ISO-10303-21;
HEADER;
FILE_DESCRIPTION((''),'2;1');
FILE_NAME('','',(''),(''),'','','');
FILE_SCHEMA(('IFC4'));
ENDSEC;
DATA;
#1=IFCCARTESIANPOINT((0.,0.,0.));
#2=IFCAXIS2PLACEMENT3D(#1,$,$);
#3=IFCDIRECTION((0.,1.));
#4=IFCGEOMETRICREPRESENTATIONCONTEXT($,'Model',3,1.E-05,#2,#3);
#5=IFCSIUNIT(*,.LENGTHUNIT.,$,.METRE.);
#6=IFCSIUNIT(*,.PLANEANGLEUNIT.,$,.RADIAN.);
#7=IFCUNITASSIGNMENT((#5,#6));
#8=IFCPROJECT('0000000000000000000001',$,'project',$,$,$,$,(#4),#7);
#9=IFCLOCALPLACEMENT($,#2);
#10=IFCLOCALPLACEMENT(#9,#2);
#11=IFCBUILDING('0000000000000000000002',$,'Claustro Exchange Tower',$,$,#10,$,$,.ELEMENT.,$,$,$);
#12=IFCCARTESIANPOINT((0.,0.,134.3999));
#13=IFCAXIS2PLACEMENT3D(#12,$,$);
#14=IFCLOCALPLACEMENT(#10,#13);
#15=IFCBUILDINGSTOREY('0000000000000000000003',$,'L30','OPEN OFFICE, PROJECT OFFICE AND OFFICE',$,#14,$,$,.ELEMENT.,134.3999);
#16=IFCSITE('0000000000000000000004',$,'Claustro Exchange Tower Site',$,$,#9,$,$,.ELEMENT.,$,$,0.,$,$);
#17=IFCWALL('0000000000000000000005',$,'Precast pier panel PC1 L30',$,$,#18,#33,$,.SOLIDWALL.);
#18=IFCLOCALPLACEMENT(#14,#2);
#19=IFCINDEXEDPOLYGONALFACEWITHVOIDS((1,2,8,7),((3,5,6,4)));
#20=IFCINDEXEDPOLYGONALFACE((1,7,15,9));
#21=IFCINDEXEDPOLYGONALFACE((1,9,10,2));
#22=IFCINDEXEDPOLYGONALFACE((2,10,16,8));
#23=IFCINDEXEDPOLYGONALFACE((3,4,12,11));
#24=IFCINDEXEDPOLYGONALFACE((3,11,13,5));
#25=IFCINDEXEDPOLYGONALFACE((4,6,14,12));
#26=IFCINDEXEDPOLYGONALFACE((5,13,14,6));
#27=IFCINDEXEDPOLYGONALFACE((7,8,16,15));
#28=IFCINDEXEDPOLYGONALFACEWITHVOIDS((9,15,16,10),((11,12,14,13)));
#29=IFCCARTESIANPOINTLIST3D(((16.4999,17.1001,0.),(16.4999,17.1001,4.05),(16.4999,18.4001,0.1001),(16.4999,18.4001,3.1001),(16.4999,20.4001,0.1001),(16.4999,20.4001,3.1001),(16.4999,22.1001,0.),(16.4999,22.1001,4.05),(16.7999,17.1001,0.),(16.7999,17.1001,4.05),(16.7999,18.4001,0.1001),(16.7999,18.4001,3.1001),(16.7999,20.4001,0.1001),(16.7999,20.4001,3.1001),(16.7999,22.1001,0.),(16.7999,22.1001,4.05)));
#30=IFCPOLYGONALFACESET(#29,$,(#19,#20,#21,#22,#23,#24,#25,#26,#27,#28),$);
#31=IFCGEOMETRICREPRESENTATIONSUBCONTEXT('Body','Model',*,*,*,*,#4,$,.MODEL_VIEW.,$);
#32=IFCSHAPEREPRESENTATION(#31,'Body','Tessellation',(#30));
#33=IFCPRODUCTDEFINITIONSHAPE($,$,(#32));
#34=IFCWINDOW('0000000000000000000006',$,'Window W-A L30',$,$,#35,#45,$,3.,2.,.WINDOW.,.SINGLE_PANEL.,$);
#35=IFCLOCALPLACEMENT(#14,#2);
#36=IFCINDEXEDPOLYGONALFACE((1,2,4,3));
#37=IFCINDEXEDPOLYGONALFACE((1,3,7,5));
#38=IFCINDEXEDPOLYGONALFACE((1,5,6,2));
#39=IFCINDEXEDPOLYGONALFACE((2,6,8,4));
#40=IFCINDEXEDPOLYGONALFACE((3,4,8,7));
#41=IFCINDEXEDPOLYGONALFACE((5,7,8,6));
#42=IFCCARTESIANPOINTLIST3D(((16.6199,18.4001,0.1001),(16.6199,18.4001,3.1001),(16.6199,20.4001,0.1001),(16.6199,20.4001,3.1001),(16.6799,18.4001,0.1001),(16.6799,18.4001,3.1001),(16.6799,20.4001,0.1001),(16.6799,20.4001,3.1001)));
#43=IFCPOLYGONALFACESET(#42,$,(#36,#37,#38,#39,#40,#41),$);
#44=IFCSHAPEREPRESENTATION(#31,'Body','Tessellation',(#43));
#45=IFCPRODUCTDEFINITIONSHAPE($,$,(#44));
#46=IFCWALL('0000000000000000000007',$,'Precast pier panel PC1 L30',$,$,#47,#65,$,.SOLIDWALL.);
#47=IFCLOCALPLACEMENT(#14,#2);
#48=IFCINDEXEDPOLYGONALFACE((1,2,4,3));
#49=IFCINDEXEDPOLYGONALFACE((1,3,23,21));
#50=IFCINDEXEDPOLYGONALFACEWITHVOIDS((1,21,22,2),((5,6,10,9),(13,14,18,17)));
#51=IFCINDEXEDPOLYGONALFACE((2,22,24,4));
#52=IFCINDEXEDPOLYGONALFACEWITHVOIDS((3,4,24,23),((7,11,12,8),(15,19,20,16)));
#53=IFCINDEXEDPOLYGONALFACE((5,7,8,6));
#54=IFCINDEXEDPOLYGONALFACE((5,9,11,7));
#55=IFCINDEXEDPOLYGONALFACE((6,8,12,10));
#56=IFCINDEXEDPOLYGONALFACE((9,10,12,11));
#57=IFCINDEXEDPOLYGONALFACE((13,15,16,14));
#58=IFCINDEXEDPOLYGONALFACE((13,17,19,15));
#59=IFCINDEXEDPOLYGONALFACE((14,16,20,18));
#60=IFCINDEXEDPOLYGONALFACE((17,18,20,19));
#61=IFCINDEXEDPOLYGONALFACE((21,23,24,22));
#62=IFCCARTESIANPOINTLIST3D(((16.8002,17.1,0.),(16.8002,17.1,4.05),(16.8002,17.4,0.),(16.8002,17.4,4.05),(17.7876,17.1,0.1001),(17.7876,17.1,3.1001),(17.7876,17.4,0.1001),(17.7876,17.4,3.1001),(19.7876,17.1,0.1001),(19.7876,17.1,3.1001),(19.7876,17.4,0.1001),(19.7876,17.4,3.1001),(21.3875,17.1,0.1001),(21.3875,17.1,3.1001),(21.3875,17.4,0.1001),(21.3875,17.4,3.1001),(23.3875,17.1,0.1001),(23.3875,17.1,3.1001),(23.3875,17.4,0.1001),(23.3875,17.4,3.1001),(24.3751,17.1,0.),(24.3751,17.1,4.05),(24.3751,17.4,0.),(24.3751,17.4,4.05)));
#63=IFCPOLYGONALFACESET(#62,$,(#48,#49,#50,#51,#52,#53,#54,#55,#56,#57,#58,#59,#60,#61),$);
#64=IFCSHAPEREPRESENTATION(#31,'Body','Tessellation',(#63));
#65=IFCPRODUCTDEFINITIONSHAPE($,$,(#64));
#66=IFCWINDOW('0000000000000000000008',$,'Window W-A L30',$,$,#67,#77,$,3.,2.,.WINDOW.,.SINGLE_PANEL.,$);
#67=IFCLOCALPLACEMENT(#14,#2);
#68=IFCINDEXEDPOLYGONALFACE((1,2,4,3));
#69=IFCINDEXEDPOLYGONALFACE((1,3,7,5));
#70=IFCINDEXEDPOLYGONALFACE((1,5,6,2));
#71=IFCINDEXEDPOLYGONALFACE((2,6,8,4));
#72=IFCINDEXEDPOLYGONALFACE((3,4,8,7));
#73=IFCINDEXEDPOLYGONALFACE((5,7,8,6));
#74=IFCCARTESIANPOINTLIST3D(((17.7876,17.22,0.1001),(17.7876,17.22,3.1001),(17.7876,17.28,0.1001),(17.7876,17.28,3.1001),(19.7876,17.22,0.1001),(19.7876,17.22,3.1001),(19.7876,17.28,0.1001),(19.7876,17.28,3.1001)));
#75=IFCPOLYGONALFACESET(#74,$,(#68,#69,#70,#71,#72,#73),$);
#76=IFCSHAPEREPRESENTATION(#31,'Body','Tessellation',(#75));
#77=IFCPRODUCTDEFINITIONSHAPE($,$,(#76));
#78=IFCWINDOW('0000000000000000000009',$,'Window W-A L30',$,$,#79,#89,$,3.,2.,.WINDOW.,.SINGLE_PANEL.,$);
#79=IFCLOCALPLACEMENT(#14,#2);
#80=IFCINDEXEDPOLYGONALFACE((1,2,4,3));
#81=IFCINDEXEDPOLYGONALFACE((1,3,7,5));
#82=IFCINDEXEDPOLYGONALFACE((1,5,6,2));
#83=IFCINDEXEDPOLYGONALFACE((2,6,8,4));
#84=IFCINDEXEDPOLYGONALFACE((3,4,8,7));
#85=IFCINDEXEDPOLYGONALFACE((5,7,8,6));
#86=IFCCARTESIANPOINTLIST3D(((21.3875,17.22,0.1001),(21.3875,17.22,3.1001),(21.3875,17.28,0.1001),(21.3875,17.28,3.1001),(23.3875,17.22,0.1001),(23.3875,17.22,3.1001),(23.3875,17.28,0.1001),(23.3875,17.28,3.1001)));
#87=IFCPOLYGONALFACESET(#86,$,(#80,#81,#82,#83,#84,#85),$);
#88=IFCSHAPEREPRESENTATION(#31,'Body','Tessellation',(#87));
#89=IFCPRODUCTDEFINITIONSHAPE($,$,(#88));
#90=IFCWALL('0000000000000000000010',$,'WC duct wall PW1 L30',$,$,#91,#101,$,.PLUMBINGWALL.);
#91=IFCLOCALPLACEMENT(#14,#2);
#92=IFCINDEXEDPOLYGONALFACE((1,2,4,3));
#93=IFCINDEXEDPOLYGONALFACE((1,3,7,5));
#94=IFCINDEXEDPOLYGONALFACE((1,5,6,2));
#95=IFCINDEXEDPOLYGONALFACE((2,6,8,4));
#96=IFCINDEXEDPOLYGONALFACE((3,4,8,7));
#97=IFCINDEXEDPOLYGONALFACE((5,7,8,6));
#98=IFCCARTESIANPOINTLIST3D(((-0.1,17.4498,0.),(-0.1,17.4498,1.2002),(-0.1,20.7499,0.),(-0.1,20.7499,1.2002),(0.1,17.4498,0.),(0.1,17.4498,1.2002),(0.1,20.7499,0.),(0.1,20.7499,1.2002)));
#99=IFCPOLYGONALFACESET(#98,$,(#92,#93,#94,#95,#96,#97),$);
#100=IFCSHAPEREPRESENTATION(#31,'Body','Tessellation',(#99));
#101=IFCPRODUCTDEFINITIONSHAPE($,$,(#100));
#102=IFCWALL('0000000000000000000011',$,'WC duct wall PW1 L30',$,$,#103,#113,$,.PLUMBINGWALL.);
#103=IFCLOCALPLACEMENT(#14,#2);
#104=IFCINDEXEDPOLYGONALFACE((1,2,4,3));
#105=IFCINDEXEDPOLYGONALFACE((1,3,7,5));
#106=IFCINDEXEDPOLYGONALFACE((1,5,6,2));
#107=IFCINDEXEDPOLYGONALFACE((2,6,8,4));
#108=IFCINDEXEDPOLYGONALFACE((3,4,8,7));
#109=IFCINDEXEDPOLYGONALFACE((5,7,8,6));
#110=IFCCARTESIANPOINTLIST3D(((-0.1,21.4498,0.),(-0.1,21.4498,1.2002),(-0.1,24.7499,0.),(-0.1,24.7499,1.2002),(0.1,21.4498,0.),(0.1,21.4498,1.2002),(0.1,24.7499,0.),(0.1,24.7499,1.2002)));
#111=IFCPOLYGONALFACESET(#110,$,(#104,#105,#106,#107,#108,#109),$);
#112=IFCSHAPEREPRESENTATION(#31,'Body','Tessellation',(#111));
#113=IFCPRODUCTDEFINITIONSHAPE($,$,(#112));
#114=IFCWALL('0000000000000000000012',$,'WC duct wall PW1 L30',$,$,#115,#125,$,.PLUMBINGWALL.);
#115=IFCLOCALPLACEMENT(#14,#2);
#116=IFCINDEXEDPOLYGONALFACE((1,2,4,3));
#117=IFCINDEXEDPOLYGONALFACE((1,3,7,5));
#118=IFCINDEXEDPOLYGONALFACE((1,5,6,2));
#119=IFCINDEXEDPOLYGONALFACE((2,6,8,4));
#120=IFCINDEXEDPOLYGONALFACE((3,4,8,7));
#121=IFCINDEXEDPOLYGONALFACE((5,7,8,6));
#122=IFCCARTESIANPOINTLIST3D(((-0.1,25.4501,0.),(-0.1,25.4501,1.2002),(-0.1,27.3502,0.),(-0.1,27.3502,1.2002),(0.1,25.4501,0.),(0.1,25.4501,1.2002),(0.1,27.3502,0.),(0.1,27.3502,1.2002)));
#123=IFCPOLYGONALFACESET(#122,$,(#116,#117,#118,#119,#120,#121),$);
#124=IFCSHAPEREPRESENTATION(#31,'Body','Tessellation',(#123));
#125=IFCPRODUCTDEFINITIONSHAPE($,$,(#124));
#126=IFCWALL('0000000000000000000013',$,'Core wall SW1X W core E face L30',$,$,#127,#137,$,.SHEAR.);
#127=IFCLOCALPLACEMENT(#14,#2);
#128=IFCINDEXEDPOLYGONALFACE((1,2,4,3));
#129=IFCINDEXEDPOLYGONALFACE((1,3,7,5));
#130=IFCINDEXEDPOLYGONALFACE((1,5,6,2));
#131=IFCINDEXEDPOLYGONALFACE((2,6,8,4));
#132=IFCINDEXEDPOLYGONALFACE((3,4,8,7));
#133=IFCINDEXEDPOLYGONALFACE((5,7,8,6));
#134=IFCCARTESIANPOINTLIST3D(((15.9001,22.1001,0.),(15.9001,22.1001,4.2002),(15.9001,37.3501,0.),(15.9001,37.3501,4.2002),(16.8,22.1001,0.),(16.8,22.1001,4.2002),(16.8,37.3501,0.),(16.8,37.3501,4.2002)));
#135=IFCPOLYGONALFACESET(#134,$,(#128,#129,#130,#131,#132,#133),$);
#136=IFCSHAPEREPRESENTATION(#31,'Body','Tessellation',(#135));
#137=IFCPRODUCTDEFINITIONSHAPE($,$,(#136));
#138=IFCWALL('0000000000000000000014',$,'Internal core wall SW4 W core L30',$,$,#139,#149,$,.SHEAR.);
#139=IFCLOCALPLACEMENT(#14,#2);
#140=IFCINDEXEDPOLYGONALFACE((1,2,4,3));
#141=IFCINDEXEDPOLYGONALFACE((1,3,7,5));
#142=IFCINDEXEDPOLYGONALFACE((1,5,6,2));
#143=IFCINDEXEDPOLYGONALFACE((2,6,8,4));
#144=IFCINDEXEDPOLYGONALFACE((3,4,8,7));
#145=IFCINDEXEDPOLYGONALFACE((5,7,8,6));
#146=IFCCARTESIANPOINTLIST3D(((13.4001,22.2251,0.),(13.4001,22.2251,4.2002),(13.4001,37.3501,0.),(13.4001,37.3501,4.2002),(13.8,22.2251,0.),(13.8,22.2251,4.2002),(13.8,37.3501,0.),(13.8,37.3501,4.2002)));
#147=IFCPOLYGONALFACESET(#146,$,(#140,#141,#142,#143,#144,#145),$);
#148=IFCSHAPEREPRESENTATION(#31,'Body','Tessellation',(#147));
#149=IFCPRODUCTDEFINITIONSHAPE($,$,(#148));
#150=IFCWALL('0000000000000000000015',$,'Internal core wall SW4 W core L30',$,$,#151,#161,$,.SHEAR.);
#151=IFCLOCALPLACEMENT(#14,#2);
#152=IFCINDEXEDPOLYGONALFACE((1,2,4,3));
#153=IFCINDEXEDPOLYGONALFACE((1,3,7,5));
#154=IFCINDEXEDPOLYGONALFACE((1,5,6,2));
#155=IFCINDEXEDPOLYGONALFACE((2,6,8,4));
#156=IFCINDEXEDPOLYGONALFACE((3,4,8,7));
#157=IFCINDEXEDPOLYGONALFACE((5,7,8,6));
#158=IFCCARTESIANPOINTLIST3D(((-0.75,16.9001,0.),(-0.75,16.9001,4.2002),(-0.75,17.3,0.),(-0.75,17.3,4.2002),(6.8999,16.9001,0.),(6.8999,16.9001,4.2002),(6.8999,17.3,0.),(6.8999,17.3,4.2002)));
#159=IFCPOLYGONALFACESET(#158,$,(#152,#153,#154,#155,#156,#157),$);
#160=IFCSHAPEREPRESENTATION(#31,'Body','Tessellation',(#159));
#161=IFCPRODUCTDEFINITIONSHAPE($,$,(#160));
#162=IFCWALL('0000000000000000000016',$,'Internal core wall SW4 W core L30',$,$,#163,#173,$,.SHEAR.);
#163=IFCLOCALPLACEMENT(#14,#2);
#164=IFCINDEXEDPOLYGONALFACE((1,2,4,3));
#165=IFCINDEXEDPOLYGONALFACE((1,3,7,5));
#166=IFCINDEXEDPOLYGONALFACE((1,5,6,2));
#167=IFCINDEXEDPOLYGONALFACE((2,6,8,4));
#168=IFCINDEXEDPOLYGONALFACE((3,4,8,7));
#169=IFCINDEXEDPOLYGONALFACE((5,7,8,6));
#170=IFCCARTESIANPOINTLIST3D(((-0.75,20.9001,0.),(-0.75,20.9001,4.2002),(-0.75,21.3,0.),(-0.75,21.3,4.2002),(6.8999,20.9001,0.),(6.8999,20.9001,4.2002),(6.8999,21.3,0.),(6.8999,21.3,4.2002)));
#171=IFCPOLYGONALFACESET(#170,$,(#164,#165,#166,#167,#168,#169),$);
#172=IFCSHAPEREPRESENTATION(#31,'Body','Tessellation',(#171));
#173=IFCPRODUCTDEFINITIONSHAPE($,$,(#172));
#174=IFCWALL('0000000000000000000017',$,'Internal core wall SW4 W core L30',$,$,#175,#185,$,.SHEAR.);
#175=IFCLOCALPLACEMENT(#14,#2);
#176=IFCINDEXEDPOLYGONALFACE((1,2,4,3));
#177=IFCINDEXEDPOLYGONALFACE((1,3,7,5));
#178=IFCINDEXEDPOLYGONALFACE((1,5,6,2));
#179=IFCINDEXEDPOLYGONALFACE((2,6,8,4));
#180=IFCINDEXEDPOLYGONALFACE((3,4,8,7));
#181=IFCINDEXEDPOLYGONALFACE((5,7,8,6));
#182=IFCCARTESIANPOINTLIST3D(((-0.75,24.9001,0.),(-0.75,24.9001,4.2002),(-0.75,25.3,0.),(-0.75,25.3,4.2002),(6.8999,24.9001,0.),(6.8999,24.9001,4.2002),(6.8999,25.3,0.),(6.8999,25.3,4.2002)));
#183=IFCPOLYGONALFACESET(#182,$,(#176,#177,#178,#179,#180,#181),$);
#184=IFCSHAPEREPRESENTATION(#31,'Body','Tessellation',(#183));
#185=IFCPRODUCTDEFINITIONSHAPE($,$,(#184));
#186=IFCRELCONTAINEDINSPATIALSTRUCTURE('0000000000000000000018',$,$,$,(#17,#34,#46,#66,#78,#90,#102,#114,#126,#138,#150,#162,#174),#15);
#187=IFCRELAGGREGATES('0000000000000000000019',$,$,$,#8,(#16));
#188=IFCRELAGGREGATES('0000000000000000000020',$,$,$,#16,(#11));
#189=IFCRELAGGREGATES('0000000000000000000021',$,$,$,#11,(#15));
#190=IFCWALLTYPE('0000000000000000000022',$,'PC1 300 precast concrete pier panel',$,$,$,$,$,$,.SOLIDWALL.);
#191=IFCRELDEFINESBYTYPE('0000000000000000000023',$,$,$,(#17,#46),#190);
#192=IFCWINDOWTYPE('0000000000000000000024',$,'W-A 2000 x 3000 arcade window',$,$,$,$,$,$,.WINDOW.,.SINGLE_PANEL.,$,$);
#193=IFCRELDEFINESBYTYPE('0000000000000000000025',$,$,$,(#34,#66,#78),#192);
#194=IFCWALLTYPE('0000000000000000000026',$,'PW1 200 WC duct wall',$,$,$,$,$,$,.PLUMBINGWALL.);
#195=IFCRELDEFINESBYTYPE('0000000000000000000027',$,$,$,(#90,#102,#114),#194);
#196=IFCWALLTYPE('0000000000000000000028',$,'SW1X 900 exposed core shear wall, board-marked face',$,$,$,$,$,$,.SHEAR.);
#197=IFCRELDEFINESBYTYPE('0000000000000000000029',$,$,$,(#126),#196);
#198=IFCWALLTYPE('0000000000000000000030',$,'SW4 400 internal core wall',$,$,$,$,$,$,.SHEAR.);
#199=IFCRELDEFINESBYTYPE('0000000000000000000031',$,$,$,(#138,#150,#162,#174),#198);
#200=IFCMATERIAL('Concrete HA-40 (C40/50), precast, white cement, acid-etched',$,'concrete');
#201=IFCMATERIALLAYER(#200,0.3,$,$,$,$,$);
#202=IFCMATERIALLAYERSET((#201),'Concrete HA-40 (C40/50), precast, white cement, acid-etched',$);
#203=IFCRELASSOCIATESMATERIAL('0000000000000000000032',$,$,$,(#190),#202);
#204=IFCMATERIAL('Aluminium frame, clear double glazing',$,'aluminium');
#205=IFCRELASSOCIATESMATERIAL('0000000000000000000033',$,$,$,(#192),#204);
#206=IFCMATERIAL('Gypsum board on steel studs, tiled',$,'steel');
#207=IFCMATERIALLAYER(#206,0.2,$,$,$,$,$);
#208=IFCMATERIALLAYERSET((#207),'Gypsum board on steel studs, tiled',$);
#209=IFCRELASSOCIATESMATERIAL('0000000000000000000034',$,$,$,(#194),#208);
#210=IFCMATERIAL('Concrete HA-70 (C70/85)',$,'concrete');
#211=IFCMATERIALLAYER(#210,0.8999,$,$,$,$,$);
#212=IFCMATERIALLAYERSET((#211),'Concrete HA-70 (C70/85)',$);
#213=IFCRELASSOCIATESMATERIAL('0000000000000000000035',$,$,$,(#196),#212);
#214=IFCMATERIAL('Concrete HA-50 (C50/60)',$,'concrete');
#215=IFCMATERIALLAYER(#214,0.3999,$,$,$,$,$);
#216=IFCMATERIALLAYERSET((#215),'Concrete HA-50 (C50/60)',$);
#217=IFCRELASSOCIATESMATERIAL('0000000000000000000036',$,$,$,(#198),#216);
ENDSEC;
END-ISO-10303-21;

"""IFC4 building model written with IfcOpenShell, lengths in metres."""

from ifc_helpers import new_model, si_unit, direction, frame, frame_2d, origin, place, context, subcontext, project, spatial, rectangle, extrude, material, layer, layer_set, type_object, element, fill, save


model = new_model("IFC4")

# Units and contexts
model_context = context("Model", 3, precision=1e-05, world=origin(), true_north=direction((0.0, 1.0)))
body_context = subcontext(model_context, "Body", "Model", "MODEL_VIEW")
ifc_project = project(units=[si_unit("LENGTHUNIT", "METRE"), si_unit("PLANEANGLEUNIT", "RADIAN")], contexts=[model_context])

# Site, building, storey
site_placement = place(None, origin())
site = spatial("IfcSite", under=ifc_project, at=site_placement, Name="Claustro Exchange Tower Site", CompositionType="ELEMENT", RefElevation=0.0)
building_placement = place(site_placement, origin())
building = spatial("IfcBuilding", under=site, at=building_placement, Name="Claustro Exchange Tower", CompositionType="ELEMENT")
storey_placement = place(building_placement, frame((0.0, 0.0, 134.3999)))
storey = spatial("IfcBuildingStorey", under=building, at=storey_placement, Name="L30", Description="OPEN OFFICE, PROJECT OFFICE AND OFFICE", CompositionType="ELEMENT", Elevation=134.3999)

# Wall, opening, window
ifc_material_1 = material(Name="Concrete HA-40 (C40/50), precast, white cement, acid-etched", Category="concrete")
ifc_layer_1 = layer(ifc_material_1, 0.3)
ifc_layer_set_1 = layer_set([ifc_layer_1], Name="Concrete HA-40 (C40/50), precast, white cement, acid-etched")
wall_type_1 = type_object("IfcWallType", Name="PC1 300 precast concrete pier panel", PredefinedType="SOLIDWALL", material=ifc_layer_set_1)
wall_1_placement = place(storey_placement, frame((16.6499, 17.1001, 0.0), z_axis=(0.0, 0.0, 1.0), x_axis=(0.0, 1.0, 0.0)))
wall_1 = element("IfcWall", 1, at=wall_1_placement, inside=storey, type_object=wall_type_1, Name="Precast pier panel PC1 L30", PredefinedType="SOLIDWALL", context=body_context, shape_type="SweptSolid", body=[
    extrude(rectangle(XDim=5.0, YDim=0.3, at=frame_2d((2.5, 0.0))), origin(), (0.0, 0.0, 1.0), 4.05),
])
opening_1_placement = place(wall_1_placement, frame((1.3, 0.0, 0.1001)))
opening_1 = element("IfcOpeningElement", 2, at=opening_1_placement, cuts=wall_1, PredefinedType="OPENING", context=body_context, shape_type="SweptSolid", body=[
    extrude(rectangle(XDim=2.0, YDim=3.0, at=frame_2d((1.0, 1.5))), frame((0.0, 0.1599, 0.0), z_axis=(0.0, -1.0, 0.0), x_axis=(1.0, 0.0, 0.0)), (0.0, 0.0, 1.0), 0.3201),
])
ifc_material_2 = material(Name="Aluminium frame, clear double glazing", Category="aluminium")
window_type = type_object("IfcWindowType", Name="W-A 2000 x 3000 arcade window", PartitioningType="SINGLE_PANEL", PredefinedType="WINDOW", material=ifc_material_2)
window_1_placement = place(opening_1_placement, origin())
window_1 = element("IfcWindow", 3, at=window_1_placement, inside=storey, type_object=window_type, Name="Window W-A L30", OverallHeight=3.0, OverallWidth=2.0, PartitioningType="SINGLE_PANEL", PredefinedType="WINDOW", context=body_context, shape_type="SweptSolid", body=[
    extrude(rectangle(XDim=2.0, YDim=3.0, at=frame_2d((1.0, 1.5))), frame((0.0, 0.03, 0.0), z_axis=(0.0, -1.0, 0.0), x_axis=(1.0, 0.0, 0.0)), (0.0, 0.0, 1.0), 0.0601),
])
fill(opening_1, window_1)

# Wall, openings, windows
wall_2_placement = place(storey_placement, frame((16.8, 17.25, 0.0), z_axis=(0.0, 0.0, 1.0), x_axis=(1.0, 0.0, 0.0)))
wall_2 = element("IfcWall", 4, at=wall_2_placement, inside=storey, type_object=wall_type_1, Name="Precast pier panel PC1 L30", PredefinedType="SOLIDWALL", context=body_context, shape_type="SweptSolid", body=[
    extrude(rectangle(XDim=7.575, YDim=0.3, at=frame_2d((3.7876, 0.0))), origin(), (0.0, 0.0, 1.0), 4.05),
])
opening_2_placement = place(wall_2_placement, frame((0.9875, 0.0, 0.1001)))
opening_2 = element("IfcOpeningElement", 5, at=opening_2_placement, cuts=wall_2, PredefinedType="OPENING", context=body_context, shape_type="SweptSolid", body=[
    extrude(rectangle(XDim=2.0, YDim=3.0, at=frame_2d((1.0, 1.5))), frame((0.0, 0.1599, 0.0), z_axis=(0.0, -1.0, 0.0), x_axis=(1.0, 0.0, 0.0)), (0.0, 0.0, 1.0), 0.3201),
])
opening_3_placement = place(wall_2_placement, frame((4.5874, 0.0, 0.1001)))
opening_3 = element("IfcOpeningElement", 6, at=opening_3_placement, cuts=wall_2, PredefinedType="OPENING", context=body_context, shape_type="SweptSolid", body=[
    extrude(rectangle(XDim=2.0, YDim=3.0, at=frame_2d((1.0, 1.5))), frame((0.0, 0.1599, 0.0), z_axis=(0.0, -1.0, 0.0), x_axis=(1.0, 0.0, 0.0)), (0.0, 0.0, 1.0), 0.3201),
])
window_2_placement = place(opening_2_placement, origin())
window_2 = element("IfcWindow", 7, at=window_2_placement, inside=storey, type_object=window_type, Name="Window W-A L30", OverallHeight=3.0, OverallWidth=2.0, PartitioningType="SINGLE_PANEL", PredefinedType="WINDOW", context=body_context, shape_type="SweptSolid", body=[
    extrude(rectangle(XDim=2.0, YDim=3.0, at=frame_2d((1.0, 1.5))), frame((0.0, 0.03, 0.0), z_axis=(0.0, -1.0, 0.0), x_axis=(1.0, 0.0, 0.0)), (0.0, 0.0, 1.0), 0.0601),
])
fill(opening_2, window_2)
window_3_placement = place(opening_3_placement, origin())
window_3 = element("IfcWindow", 8, at=window_3_placement, inside=storey, type_object=window_type, Name="Window W-A L30", OverallHeight=3.0, OverallWidth=2.0, PartitioningType="SINGLE_PANEL", PredefinedType="WINDOW", context=body_context, shape_type="SweptSolid", body=[
    extrude(rectangle(XDim=2.0, YDim=3.0, at=frame_2d((1.0, 1.5))), frame((0.0, 0.03, 0.0), z_axis=(0.0, -1.0, 0.0), x_axis=(1.0, 0.0, 0.0)), (0.0, 0.0, 1.0), 0.0601),
])
fill(opening_3, window_3)

# Walls
ifc_material_3 = material(Name="Gypsum board on steel studs, tiled", Category="steel")
ifc_layer_2 = layer(ifc_material_3, 0.2)
ifc_layer_set_2 = layer_set([ifc_layer_2], Name="Gypsum board on steel studs, tiled")
wall_type_2 = type_object("IfcWallType", Name="PW1 200 WC duct wall", PredefinedType="PLUMBINGWALL", material=ifc_layer_set_2)
for number, where, z_axis, x_axis, name in (
    (9, (0.0, 17.45, 0.0), (0.0, 0.0, 1.0), (0.0, 1.0, 0.0), "WC duct wall PW1 L30"),
    (10, (0.0, 21.45, 0.0), (0.0, 0.0, 1.0), (0.0, 1.0, 0.0), "WC duct wall PW1 L30"),
):
    element("IfcWall", number, at=place(storey_placement, frame(where, z_axis=z_axis, x_axis=x_axis)), inside=storey, type_object=wall_type_2, Name=name, PredefinedType="PLUMBINGWALL", context=body_context, shape_type="SweptSolid", body=[
        extrude(rectangle(XDim=3.3, YDim=0.2, at=frame_2d((1.6499, 0.0))), origin(), (0.0, 0.0, 1.0), 1.2002),
    ])
wall_3_placement = place(storey_placement, frame((0.0, 25.45, 0.0), z_axis=(0.0, 0.0, 1.0), x_axis=(0.0, 1.0, 0.0)))
element("IfcWall", 11, at=wall_3_placement, inside=storey, type_object=wall_type_2, Name="WC duct wall PW1 L30", PredefinedType="PLUMBINGWALL", context=body_context, shape_type="SweptSolid", body=[
    extrude(rectangle(XDim=1.9001, YDim=0.2, at=frame_2d((0.9502, 0.0))), origin(), (0.0, 0.0, 1.0), 1.2002),
])
ifc_material_4 = material(Name="Concrete HA-70 (C70/85)", Category="concrete")
ifc_layer_3 = layer(ifc_material_4, 0.8999)
ifc_layer_set_3 = layer_set([ifc_layer_3], Name="Concrete HA-70 (C70/85)")
wall_type_3 = type_object("IfcWallType", Name="SW1X 900 exposed core shear wall, board-marked face", PredefinedType="SHEAR", material=ifc_layer_set_3)
wall_4_placement = place(storey_placement, frame((16.3501, 22.1001, 0.0), z_axis=(0.0, 0.0, 1.0), x_axis=(0.0, 1.0, 0.0)))
element("IfcWall", 12, at=wall_4_placement, inside=storey, type_object=wall_type_3, Name="Core wall SW1X W core E face L30", PredefinedType="SHEAR", context=body_context, shape_type="SweptSolid", body=[
    extrude(rectangle(XDim=15.25, YDim=0.8999, at=frame_2d((7.625, 0.0))), origin(), (0.0, 0.0, 1.0), 4.2002),
])
ifc_material_5 = material(Name="Concrete HA-50 (C50/60)", Category="concrete")
ifc_layer_4 = layer(ifc_material_5, 0.3999)
ifc_layer_set_4 = layer_set([ifc_layer_4], Name="Concrete HA-50 (C50/60)")
wall_type_4 = type_object("IfcWallType", Name="SW4 400 internal core wall", PredefinedType="SHEAR", material=ifc_layer_set_4)
wall_5_placement = place(storey_placement, frame((13.6001, 22.2251, 0.0), z_axis=(0.0, 0.0, 1.0), x_axis=(0.0, 1.0, 0.0)))
element("IfcWall", 13, at=wall_5_placement, inside=storey, type_object=wall_type_4, Name="Internal core wall SW4 W core L30", PredefinedType="SHEAR", context=body_context, shape_type="SweptSolid", body=[
    extrude(rectangle(XDim=15.125, YDim=0.3999, at=frame_2d((7.5625, 0.0))), origin(), (0.0, 0.0, 1.0), 4.2002),
])
for number, where, z_axis, x_axis, name in (
    (14, (-0.75, 17.1001, 0.0), (0.0, 0.0, 1.0), (1.0, 0.0, 0.0), "Internal core wall SW4 W core L30"),
    (15, (-0.75, 21.1001, 0.0), (0.0, 0.0, 1.0), (1.0, 0.0, 0.0), "Internal core wall SW4 W core L30"),
    (16, (-0.75, 25.1001, 0.0), (0.0, 0.0, 1.0), (1.0, 0.0, 0.0), "Internal core wall SW4 W core L30"),
):
    element("IfcWall", number, at=place(storey_placement, frame(where, z_axis=z_axis, x_axis=x_axis)), inside=storey, type_object=wall_type_4, Name=name, PredefinedType="SHEAR", context=body_context, shape_type="SweptSolid", body=[
        extrude(rectangle(XDim=7.6499, YDim=0.3999, at=frame_2d((3.825, 0.0))), origin(), (0.0, 0.0, 1.0), 4.2002),
    ])

save(model, "model.ifc")
